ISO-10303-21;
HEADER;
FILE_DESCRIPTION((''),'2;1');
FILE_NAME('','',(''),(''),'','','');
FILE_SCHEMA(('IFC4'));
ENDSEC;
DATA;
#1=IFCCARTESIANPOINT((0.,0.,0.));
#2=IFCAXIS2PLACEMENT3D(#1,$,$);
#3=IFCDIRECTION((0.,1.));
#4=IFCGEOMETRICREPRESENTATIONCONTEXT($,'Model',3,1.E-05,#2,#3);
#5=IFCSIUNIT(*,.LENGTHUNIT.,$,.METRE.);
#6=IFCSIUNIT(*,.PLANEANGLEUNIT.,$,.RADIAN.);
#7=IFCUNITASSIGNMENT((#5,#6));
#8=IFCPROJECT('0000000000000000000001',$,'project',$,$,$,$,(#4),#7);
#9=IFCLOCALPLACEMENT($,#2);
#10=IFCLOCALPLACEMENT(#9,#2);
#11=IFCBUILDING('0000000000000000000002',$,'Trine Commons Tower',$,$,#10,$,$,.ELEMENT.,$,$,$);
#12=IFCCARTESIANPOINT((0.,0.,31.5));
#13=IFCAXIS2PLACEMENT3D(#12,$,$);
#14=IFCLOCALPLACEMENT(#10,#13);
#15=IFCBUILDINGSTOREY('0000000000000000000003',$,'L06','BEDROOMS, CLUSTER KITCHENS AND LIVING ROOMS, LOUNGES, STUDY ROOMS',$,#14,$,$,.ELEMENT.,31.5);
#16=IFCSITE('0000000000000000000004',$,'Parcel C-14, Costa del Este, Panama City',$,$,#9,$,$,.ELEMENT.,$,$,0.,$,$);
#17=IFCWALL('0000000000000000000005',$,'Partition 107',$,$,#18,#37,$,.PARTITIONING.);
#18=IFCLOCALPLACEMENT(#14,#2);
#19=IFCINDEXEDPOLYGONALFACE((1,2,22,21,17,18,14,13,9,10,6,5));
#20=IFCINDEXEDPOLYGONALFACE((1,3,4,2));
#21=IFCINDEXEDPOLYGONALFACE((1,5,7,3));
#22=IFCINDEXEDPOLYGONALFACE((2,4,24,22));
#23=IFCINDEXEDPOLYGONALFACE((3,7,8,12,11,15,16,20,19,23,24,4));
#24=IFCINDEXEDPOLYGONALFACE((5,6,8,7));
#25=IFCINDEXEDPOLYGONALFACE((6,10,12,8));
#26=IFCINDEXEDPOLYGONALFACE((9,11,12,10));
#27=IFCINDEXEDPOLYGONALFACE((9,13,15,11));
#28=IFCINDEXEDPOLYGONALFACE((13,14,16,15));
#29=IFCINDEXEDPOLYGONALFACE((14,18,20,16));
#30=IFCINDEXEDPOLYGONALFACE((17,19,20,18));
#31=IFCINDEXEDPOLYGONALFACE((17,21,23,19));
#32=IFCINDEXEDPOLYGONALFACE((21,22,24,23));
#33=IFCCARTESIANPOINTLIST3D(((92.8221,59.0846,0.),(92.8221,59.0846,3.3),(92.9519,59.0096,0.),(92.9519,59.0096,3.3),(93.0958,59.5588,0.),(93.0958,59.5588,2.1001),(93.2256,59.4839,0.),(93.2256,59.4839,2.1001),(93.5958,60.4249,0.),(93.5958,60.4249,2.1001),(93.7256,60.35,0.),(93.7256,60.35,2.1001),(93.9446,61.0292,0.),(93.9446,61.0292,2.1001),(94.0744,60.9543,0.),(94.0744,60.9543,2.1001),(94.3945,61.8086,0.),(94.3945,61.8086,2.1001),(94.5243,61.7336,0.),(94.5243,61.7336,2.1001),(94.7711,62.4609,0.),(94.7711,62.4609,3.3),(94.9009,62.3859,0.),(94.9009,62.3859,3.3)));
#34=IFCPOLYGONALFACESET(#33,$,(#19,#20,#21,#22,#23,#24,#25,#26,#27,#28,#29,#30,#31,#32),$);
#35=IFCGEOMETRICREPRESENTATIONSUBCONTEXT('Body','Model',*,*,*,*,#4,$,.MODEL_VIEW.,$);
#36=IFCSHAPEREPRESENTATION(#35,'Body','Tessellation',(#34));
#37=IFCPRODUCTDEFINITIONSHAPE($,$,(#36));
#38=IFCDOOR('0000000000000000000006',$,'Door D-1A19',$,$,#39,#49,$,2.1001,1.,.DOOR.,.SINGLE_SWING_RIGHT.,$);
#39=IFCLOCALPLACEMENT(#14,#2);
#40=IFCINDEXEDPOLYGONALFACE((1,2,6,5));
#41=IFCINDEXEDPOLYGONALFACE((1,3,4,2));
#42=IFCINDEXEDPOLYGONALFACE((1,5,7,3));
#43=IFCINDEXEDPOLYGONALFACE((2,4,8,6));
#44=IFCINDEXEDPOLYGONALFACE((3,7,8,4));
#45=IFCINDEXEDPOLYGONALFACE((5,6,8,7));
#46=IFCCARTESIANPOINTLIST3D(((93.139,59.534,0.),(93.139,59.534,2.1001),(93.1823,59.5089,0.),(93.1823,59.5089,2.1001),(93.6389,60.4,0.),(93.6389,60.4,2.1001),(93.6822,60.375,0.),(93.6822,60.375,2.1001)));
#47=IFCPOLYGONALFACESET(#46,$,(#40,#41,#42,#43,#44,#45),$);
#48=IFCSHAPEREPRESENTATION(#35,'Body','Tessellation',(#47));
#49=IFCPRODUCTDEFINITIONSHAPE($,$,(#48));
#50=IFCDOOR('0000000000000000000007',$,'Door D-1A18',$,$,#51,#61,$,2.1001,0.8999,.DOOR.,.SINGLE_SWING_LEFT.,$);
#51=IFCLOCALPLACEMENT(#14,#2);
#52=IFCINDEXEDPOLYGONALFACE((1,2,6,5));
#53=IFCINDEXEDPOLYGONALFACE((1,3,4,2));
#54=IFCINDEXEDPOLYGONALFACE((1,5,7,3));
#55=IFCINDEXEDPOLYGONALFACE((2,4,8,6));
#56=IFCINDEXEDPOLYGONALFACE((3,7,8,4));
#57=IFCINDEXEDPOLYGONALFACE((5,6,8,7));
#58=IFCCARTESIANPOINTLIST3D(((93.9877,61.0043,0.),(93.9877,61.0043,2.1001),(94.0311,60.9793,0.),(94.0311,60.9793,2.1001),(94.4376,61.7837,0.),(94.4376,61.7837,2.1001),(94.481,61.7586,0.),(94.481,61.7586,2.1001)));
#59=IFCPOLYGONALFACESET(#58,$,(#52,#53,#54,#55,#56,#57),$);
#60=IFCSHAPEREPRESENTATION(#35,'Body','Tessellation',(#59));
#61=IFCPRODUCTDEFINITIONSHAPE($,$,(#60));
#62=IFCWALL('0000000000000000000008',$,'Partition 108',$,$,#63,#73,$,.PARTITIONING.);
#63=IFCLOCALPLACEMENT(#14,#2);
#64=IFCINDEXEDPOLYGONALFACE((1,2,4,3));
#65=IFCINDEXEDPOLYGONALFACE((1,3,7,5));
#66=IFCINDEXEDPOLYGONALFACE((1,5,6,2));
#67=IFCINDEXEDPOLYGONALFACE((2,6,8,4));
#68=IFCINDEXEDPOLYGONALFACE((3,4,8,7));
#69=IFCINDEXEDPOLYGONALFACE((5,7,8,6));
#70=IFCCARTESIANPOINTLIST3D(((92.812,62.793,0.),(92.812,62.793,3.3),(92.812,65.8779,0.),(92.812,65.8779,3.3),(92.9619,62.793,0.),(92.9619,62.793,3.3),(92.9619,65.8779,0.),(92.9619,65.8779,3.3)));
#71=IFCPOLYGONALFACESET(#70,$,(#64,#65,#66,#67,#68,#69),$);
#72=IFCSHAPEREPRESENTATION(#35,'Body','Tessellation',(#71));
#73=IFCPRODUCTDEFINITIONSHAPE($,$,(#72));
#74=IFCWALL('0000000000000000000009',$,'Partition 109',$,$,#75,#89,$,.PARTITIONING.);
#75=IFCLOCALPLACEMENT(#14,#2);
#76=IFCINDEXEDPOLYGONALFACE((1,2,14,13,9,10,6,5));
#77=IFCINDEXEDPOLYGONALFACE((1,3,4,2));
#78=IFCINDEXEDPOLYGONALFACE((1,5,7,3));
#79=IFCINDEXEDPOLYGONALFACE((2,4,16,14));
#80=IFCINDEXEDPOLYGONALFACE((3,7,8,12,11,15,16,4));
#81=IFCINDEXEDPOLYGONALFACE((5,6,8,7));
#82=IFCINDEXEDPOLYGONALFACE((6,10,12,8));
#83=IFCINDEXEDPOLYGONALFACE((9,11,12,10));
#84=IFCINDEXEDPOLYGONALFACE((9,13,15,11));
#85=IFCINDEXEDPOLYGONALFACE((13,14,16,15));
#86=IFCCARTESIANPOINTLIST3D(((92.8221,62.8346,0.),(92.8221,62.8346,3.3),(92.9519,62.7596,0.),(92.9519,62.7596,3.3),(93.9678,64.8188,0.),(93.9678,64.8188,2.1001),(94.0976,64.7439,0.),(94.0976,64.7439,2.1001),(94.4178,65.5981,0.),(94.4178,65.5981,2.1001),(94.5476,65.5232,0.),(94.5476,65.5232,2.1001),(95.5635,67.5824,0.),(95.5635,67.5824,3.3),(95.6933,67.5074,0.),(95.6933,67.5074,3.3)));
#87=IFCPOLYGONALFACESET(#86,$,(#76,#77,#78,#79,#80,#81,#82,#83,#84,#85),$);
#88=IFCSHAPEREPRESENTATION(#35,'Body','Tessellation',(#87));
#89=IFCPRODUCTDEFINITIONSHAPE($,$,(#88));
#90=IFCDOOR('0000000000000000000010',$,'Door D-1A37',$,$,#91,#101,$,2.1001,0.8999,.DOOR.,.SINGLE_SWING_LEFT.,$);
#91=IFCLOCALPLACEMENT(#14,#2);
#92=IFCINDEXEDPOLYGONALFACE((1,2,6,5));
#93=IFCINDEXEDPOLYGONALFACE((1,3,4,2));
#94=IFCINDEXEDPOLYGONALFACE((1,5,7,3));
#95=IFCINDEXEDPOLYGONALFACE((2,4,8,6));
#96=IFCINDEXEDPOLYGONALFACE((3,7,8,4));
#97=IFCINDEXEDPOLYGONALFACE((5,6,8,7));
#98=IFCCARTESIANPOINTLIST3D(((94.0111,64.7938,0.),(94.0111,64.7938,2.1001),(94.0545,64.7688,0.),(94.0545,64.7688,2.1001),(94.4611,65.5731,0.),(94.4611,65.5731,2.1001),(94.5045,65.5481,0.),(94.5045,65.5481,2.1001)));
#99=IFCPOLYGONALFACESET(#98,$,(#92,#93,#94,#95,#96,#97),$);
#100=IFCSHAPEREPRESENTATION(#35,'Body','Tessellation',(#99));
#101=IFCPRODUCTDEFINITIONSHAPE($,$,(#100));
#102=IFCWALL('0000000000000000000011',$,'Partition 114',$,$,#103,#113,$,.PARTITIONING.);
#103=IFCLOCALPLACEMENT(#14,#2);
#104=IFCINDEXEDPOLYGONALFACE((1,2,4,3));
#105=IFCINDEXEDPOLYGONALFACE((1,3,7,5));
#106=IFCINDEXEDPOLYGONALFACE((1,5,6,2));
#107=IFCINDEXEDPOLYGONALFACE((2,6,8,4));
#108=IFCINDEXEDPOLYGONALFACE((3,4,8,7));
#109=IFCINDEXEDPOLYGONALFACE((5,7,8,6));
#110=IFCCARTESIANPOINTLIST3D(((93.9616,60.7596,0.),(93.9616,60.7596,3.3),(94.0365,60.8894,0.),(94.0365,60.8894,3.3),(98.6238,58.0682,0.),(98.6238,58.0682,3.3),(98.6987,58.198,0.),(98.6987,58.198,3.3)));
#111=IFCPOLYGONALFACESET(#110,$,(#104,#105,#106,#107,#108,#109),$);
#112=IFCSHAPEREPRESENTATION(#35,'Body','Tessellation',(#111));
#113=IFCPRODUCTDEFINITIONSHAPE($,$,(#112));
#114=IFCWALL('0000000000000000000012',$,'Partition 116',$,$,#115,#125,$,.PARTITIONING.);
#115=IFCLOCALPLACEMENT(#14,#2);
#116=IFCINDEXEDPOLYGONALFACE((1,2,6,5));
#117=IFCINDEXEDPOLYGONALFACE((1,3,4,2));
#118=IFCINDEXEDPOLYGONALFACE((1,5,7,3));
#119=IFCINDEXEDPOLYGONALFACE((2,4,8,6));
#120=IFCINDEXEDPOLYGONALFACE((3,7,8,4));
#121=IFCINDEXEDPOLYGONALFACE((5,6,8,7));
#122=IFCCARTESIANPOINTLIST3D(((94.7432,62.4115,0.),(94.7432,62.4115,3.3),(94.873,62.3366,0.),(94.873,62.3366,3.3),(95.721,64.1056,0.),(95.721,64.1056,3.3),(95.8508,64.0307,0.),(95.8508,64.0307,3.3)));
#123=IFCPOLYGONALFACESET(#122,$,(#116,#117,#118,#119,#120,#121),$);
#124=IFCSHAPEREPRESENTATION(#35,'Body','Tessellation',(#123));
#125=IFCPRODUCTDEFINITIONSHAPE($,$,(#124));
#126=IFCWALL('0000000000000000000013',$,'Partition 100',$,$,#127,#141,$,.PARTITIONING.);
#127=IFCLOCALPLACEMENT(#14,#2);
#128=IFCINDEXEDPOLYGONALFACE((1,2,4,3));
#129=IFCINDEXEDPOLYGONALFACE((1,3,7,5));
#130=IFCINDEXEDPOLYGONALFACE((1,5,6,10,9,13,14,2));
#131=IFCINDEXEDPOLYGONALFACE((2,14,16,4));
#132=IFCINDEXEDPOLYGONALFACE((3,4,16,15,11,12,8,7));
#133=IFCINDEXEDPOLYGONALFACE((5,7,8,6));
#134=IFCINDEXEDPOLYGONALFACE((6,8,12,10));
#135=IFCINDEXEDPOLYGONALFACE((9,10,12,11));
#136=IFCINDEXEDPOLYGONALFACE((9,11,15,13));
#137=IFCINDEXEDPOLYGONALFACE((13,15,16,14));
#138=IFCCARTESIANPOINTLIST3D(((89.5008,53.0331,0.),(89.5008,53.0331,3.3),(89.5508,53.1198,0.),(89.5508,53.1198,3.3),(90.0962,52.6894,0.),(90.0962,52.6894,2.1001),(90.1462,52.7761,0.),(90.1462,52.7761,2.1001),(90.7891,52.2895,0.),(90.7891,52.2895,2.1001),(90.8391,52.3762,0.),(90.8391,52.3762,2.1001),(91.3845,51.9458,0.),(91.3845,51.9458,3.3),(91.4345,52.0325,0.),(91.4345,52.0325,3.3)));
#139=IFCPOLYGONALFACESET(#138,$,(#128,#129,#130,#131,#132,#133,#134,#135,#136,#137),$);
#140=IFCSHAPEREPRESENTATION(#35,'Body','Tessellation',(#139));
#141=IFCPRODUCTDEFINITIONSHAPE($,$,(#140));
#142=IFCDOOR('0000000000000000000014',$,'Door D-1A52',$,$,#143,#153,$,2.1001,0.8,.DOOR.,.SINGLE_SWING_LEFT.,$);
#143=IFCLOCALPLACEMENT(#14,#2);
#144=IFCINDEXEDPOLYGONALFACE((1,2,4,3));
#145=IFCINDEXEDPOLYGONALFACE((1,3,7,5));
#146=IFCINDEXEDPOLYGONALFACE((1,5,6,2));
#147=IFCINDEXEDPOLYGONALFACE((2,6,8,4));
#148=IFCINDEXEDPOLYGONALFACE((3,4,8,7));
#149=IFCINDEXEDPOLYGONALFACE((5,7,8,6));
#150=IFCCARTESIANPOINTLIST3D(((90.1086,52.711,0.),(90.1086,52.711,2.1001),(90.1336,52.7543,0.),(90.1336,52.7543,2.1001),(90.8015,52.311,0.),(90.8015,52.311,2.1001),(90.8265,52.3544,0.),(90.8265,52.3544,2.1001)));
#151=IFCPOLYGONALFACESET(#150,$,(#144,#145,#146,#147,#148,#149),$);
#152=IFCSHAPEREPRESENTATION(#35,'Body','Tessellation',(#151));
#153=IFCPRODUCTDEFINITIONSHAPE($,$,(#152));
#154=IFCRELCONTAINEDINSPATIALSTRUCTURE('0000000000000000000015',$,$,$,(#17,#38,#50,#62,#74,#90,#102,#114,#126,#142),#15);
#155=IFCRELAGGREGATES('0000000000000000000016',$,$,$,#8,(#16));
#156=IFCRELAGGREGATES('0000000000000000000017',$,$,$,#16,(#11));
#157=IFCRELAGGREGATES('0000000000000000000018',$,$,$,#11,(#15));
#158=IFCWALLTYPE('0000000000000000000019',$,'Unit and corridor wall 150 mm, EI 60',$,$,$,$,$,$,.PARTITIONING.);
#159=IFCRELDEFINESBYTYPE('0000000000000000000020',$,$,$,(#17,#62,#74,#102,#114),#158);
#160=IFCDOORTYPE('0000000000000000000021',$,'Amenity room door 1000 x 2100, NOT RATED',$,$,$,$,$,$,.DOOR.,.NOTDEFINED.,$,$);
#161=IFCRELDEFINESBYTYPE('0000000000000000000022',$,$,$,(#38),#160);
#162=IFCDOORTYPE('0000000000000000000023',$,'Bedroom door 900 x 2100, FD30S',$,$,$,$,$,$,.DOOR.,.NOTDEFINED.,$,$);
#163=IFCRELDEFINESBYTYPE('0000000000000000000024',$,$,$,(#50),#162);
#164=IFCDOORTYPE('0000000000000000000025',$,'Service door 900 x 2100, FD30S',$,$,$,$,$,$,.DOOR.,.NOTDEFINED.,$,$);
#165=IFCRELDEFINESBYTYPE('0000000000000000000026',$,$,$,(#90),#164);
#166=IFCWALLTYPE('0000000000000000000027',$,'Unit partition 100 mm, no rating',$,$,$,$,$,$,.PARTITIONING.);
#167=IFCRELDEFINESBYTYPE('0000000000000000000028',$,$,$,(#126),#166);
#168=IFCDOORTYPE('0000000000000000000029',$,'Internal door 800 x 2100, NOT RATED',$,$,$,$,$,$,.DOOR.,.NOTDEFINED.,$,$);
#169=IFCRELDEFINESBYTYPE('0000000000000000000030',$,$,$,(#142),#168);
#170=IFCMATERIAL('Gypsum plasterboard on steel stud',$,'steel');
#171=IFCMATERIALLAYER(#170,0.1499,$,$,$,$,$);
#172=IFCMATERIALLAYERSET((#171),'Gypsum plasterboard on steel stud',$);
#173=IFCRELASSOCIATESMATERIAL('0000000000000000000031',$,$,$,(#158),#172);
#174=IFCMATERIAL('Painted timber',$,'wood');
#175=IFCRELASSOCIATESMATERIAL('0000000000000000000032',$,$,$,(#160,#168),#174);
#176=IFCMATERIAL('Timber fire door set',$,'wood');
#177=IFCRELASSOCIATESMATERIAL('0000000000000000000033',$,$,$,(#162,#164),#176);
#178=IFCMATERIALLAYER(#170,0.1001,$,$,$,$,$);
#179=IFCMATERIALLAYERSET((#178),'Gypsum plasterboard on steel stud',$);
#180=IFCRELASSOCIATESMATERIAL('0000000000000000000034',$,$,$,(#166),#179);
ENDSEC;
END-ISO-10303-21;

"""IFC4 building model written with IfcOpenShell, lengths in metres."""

from ifc_helpers import new_model, si_unit, direction, frame, frame_2d, origin, place, context, subcontext, project, spatial, rectangle, extrude, material, layer, layer_set, type_object, element, fill, save


model = new_model("IFC4")

# Units and contexts
model_context = context("Model", 3, precision=1e-05, world=origin(), true_north=direction((0.0, 1.0)))
body_context = subcontext(model_context, "Body", "Model", "MODEL_VIEW")
ifc_project = project(units=[si_unit("LENGTHUNIT", "METRE"), si_unit("PLANEANGLEUNIT", "RADIAN")], contexts=[model_context])

# Site, building, storey
site_placement = place(None, origin())
site = spatial("IfcSite", under=ifc_project, at=site_placement, Name="Parcel C-14, Costa del Este, Panama City", CompositionType="ELEMENT", RefElevation=0.0)
building_placement = place(site_placement, origin())
building = spatial("IfcBuilding", under=site, at=building_placement, Name="Trine Commons Tower", CompositionType="ELEMENT")
storey_placement = place(building_placement, frame((0.0, 0.0, 31.5)))
storey = spatial("IfcBuildingStorey", under=building, at=storey_placement, Name="L06", Description="BEDROOMS, CLUSTER KITCHENS AND LIVING ROOMS, LOUNGES, STUDY ROOMS", CompositionType="ELEMENT", Elevation=31.5)

# Shared definitions
ifc_material_1 = material(Name="Gypsum plasterboard on steel stud", Category="steel")
ifc_layer_1 = layer(ifc_material_1, 0.1499)
ifc_layer_set_1 = layer_set([ifc_layer_1], Name="Gypsum plasterboard on steel stud")
wall_type_1 = type_object("IfcWallType", Name="Unit and corridor wall 150 mm, EI 60", PredefinedType="PARTITIONING", material=ifc_layer_set_1)

# Wall, openings, doors
wall_1_placement = place(storey_placement, frame((92.887, 59.0471, 0.0), z_axis=(0.0, 0.0, 1.0), x_axis=(0.499945, 0.866057, 0.0)))
wall_1 = element("IfcWall", 1, at=wall_1_placement, inside=storey, type_object=wall_type_1, Name="Partition 107", PredefinedType="PARTITIONING", context=body_context, shape_type="SweptSolid", body=[
    extrude(rectangle(XDim=3.8984, YDim=0.1499, at=frame_2d((1.9492, 0.0))), origin(), (0.0, 0.0, 1.0), 3.3),
])
opening_1_placement = place(wall_1_placement, frame((2.2454, 0.0, 0.0)))
opening_1 = element("IfcOpeningElement", 2, at=opening_1_placement, cuts=wall_1, PredefinedType="OPENING", context=body_context, shape_type="SweptSolid", body=[
    extrude(rectangle(XDim=0.8999, YDim=2.1001, at=frame_2d((0.45, 1.05))), frame((0.0, 0.085, 0.0), z_axis=(0.0, -1.0, 0.0), x_axis=(1.0, 0.0, 0.0)), (0.0, 0.0, 1.0), 0.1699),
])
opening_2_placement = place(wall_1_placement, frame((0.5476, 0.0, 0.0)))
opening_2 = element("IfcOpeningElement", 3, at=opening_2_placement, cuts=wall_1, PredefinedType="OPENING", context=body_context, shape_type="SweptSolid", body=[
    extrude(rectangle(XDim=1.0, YDim=2.1001, at=frame_2d((0.5, 1.05))), frame((0.0, 0.085, 0.0), z_axis=(0.0, -1.0, 0.0), x_axis=(1.0, 0.0, 0.0)), (0.0, 0.0, 1.0), 0.1699),
])
ifc_material_2 = material(Name="Painted timber", Category="wood")
door_type_1 = type_object("IfcDoorType", Name="Amenity room door 1000 x 2100, NOT RATED", OperationType="NOTDEFINED", PredefinedType="DOOR", material=ifc_material_2)
door_1_placement = place(opening_2_placement, frame((1.0, 0.0, 0.0), z_axis=(0.0, 0.0, 1.0), x_axis=(-1.0, 0.0, 0.0)))
door_1 = element("IfcDoor", 4, at=door_1_placement, inside=storey, type_object=door_type_1, Name="Door D-1A19", OperationType="SINGLE_SWING_RIGHT", OverallHeight=2.1001, OverallWidth=1.0, PredefinedType="DOOR", context=body_context, shape_type="SweptSolid", body=[
    extrude(rectangle(XDim=1.0, YDim=2.1001, at=frame_2d((0.5, 1.05))), frame((0.0, 0.0249, 0.0), z_axis=(0.0, -1.0, 0.0), x_axis=(1.0, 0.0, 0.0)), (0.0, 0.0, 1.0), 0.05),
])
fill(opening_2, door_1)
ifc_material_3 = material(Name="Timber fire door set", Category="wood")
door_type_2 = type_object("IfcDoorType", Name="Bedroom door 900 x 2100, FD30S", OperationType="NOTDEFINED", PredefinedType="DOOR", material=ifc_material_3)
door_2_placement = place(opening_1_placement, frame((0.8999, 0.0, 0.0), z_axis=(0.0, 0.0, 1.0), x_axis=(-1.0, 0.0, 0.0)))
door_2 = element("IfcDoor", 5, at=door_2_placement, inside=storey, type_object=door_type_2, Name="Door D-1A18", OperationType="SINGLE_SWING_LEFT", OverallHeight=2.1001, OverallWidth=0.8999, PredefinedType="DOOR", context=body_context, shape_type="SweptSolid", body=[
    extrude(rectangle(XDim=0.8999, YDim=2.1001, at=frame_2d((0.45, 1.05))), frame((0.0, 0.0249, 0.0), z_axis=(0.0, -1.0, 0.0), x_axis=(1.0, 0.0, 0.0)), (0.0, 0.0, 1.0), 0.05),
])
fill(opening_1, door_2)

# Wall
wall_2_placement = place(storey_placement, frame((92.887, 62.793, 0.0), z_axis=(0.0, 0.0, 1.0), x_axis=(0.0, 1.0, 0.0)))
element("IfcWall", 6, at=wall_2_placement, inside=storey, type_object=wall_type_1, Name="Partition 108", PredefinedType="PARTITIONING", context=body_context, shape_type="SweptSolid", body=[
    extrude(rectangle(XDim=3.085, YDim=0.1499, at=frame_2d((1.5425, 0.0))), origin(), (0.0, 0.0, 1.0), 3.3),
])

# Wall, opening, door
wall_3_placement = place(storey_placement, frame((92.887, 62.7971, 0.0), z_axis=(0.0, 0.0, 1.0), x_axis=(0.500042, 0.866001, 0.0)))
wall_3 = element("IfcWall", 7, at=wall_3_placement, inside=storey, type_object=wall_type_1, Name="Partition 109", PredefinedType="PARTITIONING", context=body_context, shape_type="SweptSolid", body=[
    extrude(rectangle(XDim=5.4824, YDim=0.1499, at=frame_2d((2.7412, 0.0))), origin(), (0.0, 0.0, 1.0), 3.3),
])
opening_3_placement = place(wall_3_placement, frame((2.2913, 0.0, 0.0)))
opening_3 = element("IfcOpeningElement", 8, at=opening_3_placement, cuts=wall_3, PredefinedType="OPENING", context=body_context, shape_type="SweptSolid", body=[
    extrude(rectangle(XDim=0.8999, YDim=2.1001, at=frame_2d((0.45, 1.05))), frame((0.0, 0.085, 0.0), z_axis=(0.0, -1.0, 0.0), x_axis=(1.0, 0.0, 0.0)), (0.0, 0.0, 1.0), 0.1699),
])
door_type_3 = type_object("IfcDoorType", Name="Service door 900 x 2100, FD30S", OperationType="NOTDEFINED", PredefinedType="DOOR", material=ifc_material_3)
door_3_placement = place(opening_3_placement, origin())
door_3 = element("IfcDoor", 9, at=door_3_placement, inside=storey, type_object=door_type_3, Name="Door D-1A37", OperationType="SINGLE_SWING_LEFT", OverallHeight=2.1001, OverallWidth=0.8999, PredefinedType="DOOR", context=body_context, shape_type="SweptSolid", body=[
    extrude(rectangle(XDim=0.8999, YDim=2.1001, at=frame_2d((0.45, 1.05))), frame((0.0, 0.0249, 0.0), z_axis=(0.0, -1.0, 0.0), x_axis=(1.0, 0.0, 0.0)), (0.0, 0.0, 1.0), 0.05),
])
fill(opening_3, door_3)

# Walls
wall_4_placement = place(storey_placement, frame((93.999, 60.8245, 0.0), z_axis=(0.0, 0.0, 1.0), x_axis=(0.866058, -0.499944, 0.0)))
element("IfcWall", 10, at=wall_4_placement, inside=storey, type_object=wall_type_1, Name="Partition 114", PredefinedType="PARTITIONING", context=body_context, shape_type="SweptSolid", body=[
    extrude(rectangle(XDim=5.3833, YDim=0.1499, at=frame_2d((2.6917, 0.0))), origin(), (0.0, 0.0, 1.0), 3.3),
])
wall_5_placement = place(storey_placement, frame((94.8081, 62.374, 0.0), z_axis=(0.0, 0.0, 1.0), x_axis=(0.499885, 0.866092, 0.0)))
element("IfcWall", 11, at=wall_5_placement, inside=storey, type_object=wall_type_1, Name="Partition 116", PredefinedType="PARTITIONING", context=body_context, shape_type="SweptSolid", body=[
    extrude(rectangle(XDim=1.9561, YDim=0.1499, at=frame_2d((0.978, 0.0))), origin(), (0.0, 0.0, 1.0), 3.3),
])

# Wall, opening, door
ifc_layer_2 = layer(ifc_material_1, 0.1001)
ifc_layer_set_2 = layer_set([ifc_layer_2], Name="Gypsum plasterboard on steel stud")
wall_type_2 = type_object("IfcWallType", Name="Unit partition 100 mm, no rating", PredefinedType="PARTITIONING", material=ifc_layer_set_2)
wall_6_placement = place(storey_placement, frame((89.5259, 53.0764, 0.0), z_axis=(0.0, 0.0, 1.0), x_axis=(0.866066, -0.49993, 0.0)))
wall_6 = element("IfcWall", 12, at=wall_6_placement, inside=storey, type_object=wall_type_2, Name="Partition 100", PredefinedType="PARTITIONING", context=body_context, shape_type="SweptSolid", body=[
    extrude(rectangle(XDim=2.175, YDim=0.1001, at=frame_2d((1.0874, 0.0))), origin(), (0.0, 0.0, 1.0), 3.3),
])
opening_4_placement = place(wall_6_placement, frame((0.6875, 0.0, 0.0)))
opening_4 = element("IfcOpeningElement", 13, at=opening_4_placement, cuts=wall_6, PredefinedType="OPENING", context=body_context, shape_type="SweptSolid", body=[
    extrude(rectangle(XDim=0.8, YDim=2.1001, at=frame_2d((0.3999, 1.05))), frame((0.0, 0.0601, 0.0), z_axis=(0.0, -1.0, 0.0), x_axis=(1.0, 0.0, 0.0)), (0.0, 0.0, 1.0), 0.1201),
])
door_type_4 = type_object("IfcDoorType", Name="Internal door 800 x 2100, NOT RATED", OperationType="NOTDEFINED", PredefinedType="DOOR", material=ifc_material_2)
door_4_placement = place(opening_4_placement, origin())
door_4 = element("IfcDoor", 14, at=door_4_placement, inside=storey, type_object=door_type_4, Name="Door D-1A52", OperationType="SINGLE_SWING_LEFT", OverallHeight=2.1001, OverallWidth=0.8, PredefinedType="DOOR", context=body_context, shape_type="SweptSolid", body=[
    extrude(rectangle(XDim=0.8, YDim=2.1001, at=frame_2d((0.3999, 1.05))), frame((0.0, 0.0249, 0.0), z_axis=(0.0, -1.0, 0.0), x_axis=(1.0, 0.0, 0.0)), (0.0, 0.0, 1.0), 0.05),
])
fill(opening_4, door_4)

save(model, "model.ifc")
